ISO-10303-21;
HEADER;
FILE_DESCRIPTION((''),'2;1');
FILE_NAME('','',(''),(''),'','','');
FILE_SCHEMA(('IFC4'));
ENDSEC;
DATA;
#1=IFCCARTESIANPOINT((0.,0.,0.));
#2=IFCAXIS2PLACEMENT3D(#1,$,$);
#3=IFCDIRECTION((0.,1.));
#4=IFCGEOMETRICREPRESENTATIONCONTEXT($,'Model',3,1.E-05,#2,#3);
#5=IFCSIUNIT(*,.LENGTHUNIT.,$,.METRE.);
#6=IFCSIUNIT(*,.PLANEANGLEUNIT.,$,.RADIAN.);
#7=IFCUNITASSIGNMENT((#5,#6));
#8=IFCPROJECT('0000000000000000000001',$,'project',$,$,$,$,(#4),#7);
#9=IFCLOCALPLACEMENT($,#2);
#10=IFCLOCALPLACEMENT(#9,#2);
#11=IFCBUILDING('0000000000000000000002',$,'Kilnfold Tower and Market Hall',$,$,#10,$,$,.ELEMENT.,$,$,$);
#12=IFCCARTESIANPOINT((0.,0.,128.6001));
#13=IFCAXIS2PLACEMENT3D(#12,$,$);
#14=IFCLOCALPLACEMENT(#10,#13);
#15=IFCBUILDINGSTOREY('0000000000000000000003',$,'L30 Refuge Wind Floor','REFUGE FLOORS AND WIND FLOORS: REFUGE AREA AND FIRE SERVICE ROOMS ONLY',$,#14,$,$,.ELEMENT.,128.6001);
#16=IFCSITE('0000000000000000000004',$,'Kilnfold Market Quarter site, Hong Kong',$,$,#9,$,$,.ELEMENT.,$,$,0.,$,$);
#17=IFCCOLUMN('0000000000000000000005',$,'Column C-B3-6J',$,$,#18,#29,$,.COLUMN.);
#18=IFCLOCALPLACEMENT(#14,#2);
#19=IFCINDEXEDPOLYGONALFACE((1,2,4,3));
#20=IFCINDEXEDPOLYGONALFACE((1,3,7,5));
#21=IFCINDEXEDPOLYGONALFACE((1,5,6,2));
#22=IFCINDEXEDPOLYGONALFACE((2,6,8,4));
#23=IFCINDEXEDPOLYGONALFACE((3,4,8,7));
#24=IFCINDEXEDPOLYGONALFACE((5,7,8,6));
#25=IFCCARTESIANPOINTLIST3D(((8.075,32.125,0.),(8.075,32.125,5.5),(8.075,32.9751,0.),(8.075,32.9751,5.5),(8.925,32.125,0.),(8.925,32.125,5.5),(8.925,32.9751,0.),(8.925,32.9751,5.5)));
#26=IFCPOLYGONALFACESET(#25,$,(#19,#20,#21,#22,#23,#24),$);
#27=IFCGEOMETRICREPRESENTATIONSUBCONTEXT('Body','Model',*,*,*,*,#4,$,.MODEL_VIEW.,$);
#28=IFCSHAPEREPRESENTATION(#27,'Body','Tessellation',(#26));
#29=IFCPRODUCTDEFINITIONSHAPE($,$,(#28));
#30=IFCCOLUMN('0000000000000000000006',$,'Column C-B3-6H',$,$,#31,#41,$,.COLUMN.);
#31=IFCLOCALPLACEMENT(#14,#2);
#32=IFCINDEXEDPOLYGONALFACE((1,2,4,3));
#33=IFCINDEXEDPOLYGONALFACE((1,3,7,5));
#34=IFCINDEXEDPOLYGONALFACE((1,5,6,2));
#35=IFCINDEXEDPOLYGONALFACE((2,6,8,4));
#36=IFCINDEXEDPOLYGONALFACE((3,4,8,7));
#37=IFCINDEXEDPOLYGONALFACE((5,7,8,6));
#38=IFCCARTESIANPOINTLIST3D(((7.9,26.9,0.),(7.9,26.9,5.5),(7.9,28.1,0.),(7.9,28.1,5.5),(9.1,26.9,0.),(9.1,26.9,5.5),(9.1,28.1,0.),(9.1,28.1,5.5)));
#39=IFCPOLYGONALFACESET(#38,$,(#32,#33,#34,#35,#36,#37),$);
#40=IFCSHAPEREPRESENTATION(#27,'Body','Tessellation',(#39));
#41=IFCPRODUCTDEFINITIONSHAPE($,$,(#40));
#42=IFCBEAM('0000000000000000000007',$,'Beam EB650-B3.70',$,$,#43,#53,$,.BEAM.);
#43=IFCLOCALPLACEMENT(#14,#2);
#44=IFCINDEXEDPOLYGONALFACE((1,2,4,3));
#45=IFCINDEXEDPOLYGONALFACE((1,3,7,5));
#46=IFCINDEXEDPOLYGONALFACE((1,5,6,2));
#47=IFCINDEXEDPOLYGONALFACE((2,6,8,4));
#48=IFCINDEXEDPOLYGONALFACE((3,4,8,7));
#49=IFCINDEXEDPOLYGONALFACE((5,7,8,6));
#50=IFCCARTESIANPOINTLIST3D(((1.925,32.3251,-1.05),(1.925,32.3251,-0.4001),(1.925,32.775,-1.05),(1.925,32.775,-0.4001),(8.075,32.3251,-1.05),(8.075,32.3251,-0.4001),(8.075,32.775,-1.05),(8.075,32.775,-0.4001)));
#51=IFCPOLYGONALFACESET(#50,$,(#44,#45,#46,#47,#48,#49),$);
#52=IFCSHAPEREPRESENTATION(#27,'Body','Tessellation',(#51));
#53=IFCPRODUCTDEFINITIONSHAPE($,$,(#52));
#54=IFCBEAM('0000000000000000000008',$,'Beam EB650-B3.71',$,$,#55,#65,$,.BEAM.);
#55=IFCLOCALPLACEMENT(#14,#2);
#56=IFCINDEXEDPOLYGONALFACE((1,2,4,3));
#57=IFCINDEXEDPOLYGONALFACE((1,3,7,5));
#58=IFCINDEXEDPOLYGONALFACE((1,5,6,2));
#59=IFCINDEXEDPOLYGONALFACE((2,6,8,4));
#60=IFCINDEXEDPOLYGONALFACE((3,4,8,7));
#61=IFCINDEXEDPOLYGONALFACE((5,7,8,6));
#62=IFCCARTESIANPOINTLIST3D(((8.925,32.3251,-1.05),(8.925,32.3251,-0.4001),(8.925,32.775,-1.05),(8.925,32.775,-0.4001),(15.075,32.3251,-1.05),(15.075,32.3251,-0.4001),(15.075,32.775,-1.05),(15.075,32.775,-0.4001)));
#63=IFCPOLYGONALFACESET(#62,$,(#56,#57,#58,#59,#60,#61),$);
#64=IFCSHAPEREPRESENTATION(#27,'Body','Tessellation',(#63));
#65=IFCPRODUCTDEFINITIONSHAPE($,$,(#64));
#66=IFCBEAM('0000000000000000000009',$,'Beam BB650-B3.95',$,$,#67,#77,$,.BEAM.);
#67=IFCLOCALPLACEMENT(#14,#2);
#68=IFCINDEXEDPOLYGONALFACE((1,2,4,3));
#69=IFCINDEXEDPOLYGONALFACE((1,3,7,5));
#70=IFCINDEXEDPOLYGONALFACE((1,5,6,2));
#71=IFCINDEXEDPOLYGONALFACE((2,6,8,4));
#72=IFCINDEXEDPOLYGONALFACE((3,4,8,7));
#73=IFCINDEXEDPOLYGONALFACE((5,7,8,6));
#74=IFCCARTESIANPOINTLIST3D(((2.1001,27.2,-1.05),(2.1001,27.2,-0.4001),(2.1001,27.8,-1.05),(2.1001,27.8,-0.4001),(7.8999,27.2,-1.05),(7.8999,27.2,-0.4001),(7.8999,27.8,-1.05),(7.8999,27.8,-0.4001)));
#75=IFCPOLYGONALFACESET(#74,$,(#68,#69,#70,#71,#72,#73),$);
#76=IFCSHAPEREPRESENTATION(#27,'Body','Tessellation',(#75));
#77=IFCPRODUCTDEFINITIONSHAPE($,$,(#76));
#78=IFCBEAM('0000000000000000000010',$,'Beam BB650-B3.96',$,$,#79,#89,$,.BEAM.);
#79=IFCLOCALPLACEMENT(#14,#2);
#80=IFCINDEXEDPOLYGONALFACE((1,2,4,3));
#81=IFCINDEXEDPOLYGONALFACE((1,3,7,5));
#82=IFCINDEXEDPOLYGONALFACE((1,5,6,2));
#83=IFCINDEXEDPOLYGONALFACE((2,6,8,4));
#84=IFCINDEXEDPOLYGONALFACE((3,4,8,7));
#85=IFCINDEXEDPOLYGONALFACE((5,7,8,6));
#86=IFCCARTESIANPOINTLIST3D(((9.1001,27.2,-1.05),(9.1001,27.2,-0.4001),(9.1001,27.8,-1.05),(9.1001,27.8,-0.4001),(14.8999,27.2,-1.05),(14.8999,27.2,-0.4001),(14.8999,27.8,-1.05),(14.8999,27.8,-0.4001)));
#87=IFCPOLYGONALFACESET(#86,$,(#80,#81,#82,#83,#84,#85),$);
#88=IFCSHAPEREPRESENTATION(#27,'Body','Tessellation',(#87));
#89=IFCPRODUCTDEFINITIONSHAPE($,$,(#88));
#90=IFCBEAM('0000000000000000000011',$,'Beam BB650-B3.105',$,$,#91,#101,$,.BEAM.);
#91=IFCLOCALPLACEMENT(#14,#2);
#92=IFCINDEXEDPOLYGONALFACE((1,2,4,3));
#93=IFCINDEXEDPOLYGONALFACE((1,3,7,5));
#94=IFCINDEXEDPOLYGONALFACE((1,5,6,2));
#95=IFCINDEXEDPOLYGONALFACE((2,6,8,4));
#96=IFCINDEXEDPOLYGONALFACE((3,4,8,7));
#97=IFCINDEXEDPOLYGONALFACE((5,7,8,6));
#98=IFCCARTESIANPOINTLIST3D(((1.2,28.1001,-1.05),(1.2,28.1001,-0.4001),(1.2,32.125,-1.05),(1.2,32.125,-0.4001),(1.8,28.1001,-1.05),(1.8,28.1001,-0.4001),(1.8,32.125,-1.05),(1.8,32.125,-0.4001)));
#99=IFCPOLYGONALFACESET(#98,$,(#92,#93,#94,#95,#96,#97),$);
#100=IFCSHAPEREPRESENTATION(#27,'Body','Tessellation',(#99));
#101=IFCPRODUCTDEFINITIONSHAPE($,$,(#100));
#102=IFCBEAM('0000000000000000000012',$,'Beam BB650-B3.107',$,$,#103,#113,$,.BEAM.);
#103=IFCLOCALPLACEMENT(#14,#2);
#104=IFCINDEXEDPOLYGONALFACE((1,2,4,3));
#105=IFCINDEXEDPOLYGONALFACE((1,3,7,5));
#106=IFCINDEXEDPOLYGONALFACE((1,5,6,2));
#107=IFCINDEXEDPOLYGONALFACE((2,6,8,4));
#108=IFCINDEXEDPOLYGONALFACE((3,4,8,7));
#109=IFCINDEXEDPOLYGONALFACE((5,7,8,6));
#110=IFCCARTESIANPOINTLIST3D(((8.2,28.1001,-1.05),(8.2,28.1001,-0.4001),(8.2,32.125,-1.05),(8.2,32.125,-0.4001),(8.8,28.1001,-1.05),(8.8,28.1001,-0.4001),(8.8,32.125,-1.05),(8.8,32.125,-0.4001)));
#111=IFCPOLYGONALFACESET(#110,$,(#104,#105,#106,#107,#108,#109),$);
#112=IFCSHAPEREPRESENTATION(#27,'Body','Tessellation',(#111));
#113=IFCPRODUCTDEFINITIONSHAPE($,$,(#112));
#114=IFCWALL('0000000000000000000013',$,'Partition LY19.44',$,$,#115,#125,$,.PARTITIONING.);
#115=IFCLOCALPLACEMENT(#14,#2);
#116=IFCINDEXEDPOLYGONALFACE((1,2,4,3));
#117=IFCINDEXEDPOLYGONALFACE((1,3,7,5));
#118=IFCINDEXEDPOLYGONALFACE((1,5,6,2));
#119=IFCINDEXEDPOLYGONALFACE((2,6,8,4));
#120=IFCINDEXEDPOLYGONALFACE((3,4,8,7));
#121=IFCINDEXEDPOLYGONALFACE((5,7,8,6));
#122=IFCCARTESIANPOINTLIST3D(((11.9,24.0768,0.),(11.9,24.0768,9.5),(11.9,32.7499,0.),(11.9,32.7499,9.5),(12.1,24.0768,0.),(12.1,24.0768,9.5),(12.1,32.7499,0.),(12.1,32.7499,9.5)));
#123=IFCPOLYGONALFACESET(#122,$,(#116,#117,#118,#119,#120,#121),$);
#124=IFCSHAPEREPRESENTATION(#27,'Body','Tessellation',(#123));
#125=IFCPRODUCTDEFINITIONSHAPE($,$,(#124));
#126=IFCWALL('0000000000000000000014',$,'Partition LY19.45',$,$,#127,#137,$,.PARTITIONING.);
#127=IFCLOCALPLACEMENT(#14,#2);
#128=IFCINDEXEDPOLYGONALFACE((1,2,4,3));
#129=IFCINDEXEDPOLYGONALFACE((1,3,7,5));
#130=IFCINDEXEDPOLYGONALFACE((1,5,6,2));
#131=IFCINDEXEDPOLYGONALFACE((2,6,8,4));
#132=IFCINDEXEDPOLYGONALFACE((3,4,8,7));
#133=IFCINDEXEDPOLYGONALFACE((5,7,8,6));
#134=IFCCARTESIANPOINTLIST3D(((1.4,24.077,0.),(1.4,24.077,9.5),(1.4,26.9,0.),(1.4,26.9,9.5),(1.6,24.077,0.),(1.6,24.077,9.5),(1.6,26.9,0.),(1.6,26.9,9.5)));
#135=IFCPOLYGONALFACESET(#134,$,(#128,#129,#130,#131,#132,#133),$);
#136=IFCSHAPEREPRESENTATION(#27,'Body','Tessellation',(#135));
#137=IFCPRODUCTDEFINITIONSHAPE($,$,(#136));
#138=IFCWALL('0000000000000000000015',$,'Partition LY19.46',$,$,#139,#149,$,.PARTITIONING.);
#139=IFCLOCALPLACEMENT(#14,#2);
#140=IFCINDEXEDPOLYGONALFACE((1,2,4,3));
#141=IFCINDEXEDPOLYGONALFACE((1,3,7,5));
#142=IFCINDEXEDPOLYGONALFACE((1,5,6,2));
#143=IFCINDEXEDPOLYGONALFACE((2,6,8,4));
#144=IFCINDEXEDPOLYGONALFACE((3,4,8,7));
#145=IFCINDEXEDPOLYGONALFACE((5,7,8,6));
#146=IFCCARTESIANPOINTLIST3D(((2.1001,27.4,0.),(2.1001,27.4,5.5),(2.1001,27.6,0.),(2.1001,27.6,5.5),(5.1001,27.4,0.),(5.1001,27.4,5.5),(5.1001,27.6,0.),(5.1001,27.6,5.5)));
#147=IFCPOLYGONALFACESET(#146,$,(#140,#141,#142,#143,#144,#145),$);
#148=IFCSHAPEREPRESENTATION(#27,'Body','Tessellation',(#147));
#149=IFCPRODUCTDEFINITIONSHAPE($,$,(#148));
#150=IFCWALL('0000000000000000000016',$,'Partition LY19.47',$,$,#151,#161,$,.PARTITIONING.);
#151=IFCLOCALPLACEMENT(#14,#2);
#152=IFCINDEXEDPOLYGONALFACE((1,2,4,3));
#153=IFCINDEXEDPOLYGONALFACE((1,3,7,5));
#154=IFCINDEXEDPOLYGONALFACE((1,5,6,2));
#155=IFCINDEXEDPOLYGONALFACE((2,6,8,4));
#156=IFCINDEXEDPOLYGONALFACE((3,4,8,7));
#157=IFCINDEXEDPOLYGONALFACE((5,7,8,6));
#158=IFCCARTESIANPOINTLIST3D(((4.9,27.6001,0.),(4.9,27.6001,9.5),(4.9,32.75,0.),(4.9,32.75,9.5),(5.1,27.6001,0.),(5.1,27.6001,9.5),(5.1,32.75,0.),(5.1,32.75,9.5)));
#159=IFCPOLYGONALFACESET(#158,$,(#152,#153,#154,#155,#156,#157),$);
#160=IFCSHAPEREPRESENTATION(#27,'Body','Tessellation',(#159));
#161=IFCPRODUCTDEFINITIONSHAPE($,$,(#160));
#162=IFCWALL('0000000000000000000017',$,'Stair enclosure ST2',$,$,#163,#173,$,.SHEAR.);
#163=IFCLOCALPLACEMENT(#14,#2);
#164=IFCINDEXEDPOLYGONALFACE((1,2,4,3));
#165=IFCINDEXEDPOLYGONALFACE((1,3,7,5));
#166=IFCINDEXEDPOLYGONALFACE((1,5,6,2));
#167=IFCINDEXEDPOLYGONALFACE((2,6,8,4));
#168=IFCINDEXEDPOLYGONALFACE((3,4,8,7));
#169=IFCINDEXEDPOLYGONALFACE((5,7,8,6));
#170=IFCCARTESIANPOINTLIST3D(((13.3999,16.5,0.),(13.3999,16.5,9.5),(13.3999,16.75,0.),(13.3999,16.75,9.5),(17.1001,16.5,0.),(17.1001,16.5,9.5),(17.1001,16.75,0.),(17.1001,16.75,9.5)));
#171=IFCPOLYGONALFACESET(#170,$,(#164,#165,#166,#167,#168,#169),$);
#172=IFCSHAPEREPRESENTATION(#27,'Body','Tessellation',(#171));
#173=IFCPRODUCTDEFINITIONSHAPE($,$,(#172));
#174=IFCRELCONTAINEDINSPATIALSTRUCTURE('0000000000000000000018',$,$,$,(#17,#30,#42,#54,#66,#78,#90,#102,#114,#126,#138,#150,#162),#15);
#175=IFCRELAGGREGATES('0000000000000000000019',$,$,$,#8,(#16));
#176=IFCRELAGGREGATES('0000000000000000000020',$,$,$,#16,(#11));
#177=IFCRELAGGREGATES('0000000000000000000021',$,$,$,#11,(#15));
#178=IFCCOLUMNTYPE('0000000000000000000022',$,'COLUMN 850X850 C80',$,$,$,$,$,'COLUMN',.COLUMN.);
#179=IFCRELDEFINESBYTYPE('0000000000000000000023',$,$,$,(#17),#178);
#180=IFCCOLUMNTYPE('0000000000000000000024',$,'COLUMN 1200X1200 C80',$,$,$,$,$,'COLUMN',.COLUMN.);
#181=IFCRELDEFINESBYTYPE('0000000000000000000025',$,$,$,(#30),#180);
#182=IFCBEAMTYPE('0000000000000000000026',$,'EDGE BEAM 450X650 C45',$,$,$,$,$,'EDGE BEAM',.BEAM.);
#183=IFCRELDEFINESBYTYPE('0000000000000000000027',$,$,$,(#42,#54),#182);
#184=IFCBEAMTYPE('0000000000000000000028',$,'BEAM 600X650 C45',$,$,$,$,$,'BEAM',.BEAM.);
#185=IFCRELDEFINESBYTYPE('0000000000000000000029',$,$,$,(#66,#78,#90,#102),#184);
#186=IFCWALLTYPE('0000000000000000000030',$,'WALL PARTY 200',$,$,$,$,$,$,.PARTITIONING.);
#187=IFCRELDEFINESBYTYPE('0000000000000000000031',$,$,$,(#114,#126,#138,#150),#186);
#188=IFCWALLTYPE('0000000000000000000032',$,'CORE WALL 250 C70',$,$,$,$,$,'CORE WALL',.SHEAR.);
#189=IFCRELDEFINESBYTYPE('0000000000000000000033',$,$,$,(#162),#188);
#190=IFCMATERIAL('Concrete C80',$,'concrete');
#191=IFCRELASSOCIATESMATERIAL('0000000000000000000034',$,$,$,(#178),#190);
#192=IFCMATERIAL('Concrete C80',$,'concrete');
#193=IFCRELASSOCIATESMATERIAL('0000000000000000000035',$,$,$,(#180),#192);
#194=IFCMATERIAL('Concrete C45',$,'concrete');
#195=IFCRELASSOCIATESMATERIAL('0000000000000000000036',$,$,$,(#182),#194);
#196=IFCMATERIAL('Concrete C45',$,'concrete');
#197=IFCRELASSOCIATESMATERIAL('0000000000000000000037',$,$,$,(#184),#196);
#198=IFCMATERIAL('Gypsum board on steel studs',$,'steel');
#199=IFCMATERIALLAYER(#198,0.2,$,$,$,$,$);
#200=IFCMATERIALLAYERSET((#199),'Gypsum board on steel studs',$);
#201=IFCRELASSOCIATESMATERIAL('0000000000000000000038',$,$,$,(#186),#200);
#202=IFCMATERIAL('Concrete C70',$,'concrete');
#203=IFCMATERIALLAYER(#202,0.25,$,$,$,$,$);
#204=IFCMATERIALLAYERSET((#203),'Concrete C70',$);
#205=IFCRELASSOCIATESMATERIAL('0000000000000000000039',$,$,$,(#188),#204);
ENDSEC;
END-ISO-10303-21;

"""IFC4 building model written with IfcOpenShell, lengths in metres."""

from ifc_helpers import new_model, si_unit, direction, frame, frame_2d, origin, origin_2d, place, context, subcontext, project, spatial, rectangle, extrude, source, transform, mapped, material, layer, layer_set, material_profile, profile_set, type_object, element, save


model = new_model("IFC4")

# Units and contexts
model_context = context("Model", 3, precision=1e-05, world=origin(), true_north=direction((0.0, 1.0)))
body_context = subcontext(model_context, "Body", "Model", "MODEL_VIEW")
ifc_project = project(units=[si_unit("LENGTHUNIT", "METRE"), si_unit("PLANEANGLEUNIT", "RADIAN")], contexts=[model_context])

# Site, building, storey
site_placement = place(None, origin())
site = spatial("IfcSite", under=ifc_project, at=site_placement, Name="Kilnfold Market Quarter site, Hong Kong", CompositionType="ELEMENT", RefElevation=0.0)
building_placement = place(site_placement, origin())
building = spatial("IfcBuilding", under=site, at=building_placement, Name="Kilnfold Tower and Market Hall", CompositionType="ELEMENT")
storey_placement = place(building_placement, frame((0.0, 0.0, 128.6001)))
storey = spatial("IfcBuildingStorey", under=building, at=storey_placement, Name="L30 Refuge Wind Floor", Description="REFUGE FLOORS AND WIND FLOORS: REFUGE AREA AND FIRE SERVICE ROOMS ONLY", CompositionType="ELEMENT", Elevation=128.6001)

# Columns
ifc_material_1 = material(Name="Concrete C80", Category="concrete")
ifc_material_profile_1 = material_profile(ifc_material_1, rectangle(XDim=0.8501, YDim=0.8501, at=origin_2d()), Name="RC 850x850")
ifc_profile_set_1 = profile_set([ifc_material_profile_1], Name="Concrete C80")
column_type_1 = type_object("IfcColumnType", Name="COLUMN 850X850 C80", ElementType="COLUMN", PredefinedType="COLUMN", material=ifc_profile_set_1)
shared_shape_1 = source(origin(), body_context, "Body", "SweptSolid", [
    extrude(rectangle(XDim=0.8501, YDim=0.8501, at=origin_2d()), origin(), (0.0, 0.0, 1.0), 5.5),
])
column_1_placement = place(storey_placement, frame((8.5, 32.55, 0.0), z_axis=(0.0, 0.0, 1.0), x_axis=(1.0, 0.0, 0.0)))
element("IfcColumn", 1, at=column_1_placement, inside=storey, type_object=column_type_1, Name="Column C-B3-6J", PredefinedType="COLUMN", context=body_context, shape_type="MappedRepresentation", body=[
    mapped(shared_shape_1, transform((0.0, 0.0, 0.0))),
])
ifc_material_2 = material(Name="Concrete C80", Category="concrete")
ifc_material_profile_2 = material_profile(ifc_material_2, rectangle(XDim=1.2, YDim=1.2, at=origin_2d()), Name="RC 1200x1200")
ifc_profile_set_2 = profile_set([ifc_material_profile_2], Name="Concrete C80")
column_type_2 = type_object("IfcColumnType", Name="COLUMN 1200X1200 C80", ElementType="COLUMN", PredefinedType="COLUMN", material=ifc_profile_set_2)
shared_shape_2 = source(origin(), body_context, "Body", "SweptSolid", [
    extrude(rectangle(XDim=1.2, YDim=1.2, at=origin_2d()), origin(), (0.0, 0.0, 1.0), 5.5),
])
column_2_placement = place(storey_placement, frame((8.5, 27.5, 0.0), z_axis=(0.0, 0.0, 1.0), x_axis=(1.0, 0.0, 0.0)))
element("IfcColumn", 2, at=column_2_placement, inside=storey, type_object=column_type_2, Name="Column C-B3-6H", PredefinedType="COLUMN", context=body_context, shape_type="MappedRepresentation", body=[
    mapped(shared_shape_2, transform((0.0, 0.0, 0.0))),
])

# Beams
ifc_material_3 = material(Name="Concrete C45", Category="concrete")
ifc_material_profile_3 = material_profile(ifc_material_3, rectangle(XDim=0.45, YDim=0.6499, at=origin_2d()), Name="RC 450x650")
ifc_profile_set_3 = profile_set([ifc_material_profile_3], Name="Concrete C45")
beam_type_1 = type_object("IfcBeamType", Name="EDGE BEAM 450X650 C45", ElementType="EDGE BEAM", PredefinedType="BEAM", material=ifc_profile_set_3)
shared_shape_3 = source(origin(), body_context, "Body", "SweptSolid", [
    extrude(rectangle(XDim=0.45, YDim=0.6499, at=origin_2d()), origin(), (0.0, 0.0, 1.0), 6.1499),
])
for number, where, z_axis, x_axis, name in (
    (3, (1.925, 32.55, -0.7251), (1.0, 0.0, 0.0), (0.0, 1.0, 0.0), "Beam EB650-B3.70"),
    (4, (8.925, 32.55, -0.7251), (1.0, 0.0, 0.0), (0.0, 1.0, 0.0), "Beam EB650-B3.71"),
):
    element("IfcBeam", number, at=place(storey_placement, frame(where, z_axis=z_axis, x_axis=x_axis)), inside=storey, type_object=beam_type_1, Name=name, PredefinedType="BEAM", context=body_context, shape_type="MappedRepresentation", body=[
        mapped(shared_shape_3, transform((0.0, 0.0, 0.0))),
    ])
ifc_material_4 = material(Name="Concrete C45", Category="concrete")
ifc_material_profile_4 = material_profile(ifc_material_4, rectangle(XDim=0.6001, YDim=0.6499, at=origin_2d()), Name="RC 600x650")
ifc_profile_set_4 = profile_set([ifc_material_profile_4], Name="Concrete C45")
beam_type_2 = type_object("IfcBeamType", Name="BEAM 600X650 C45", ElementType="BEAM", PredefinedType="BEAM", material=ifc_profile_set_4)
shared_shape_4 = source(origin(), body_context, "Body", "SweptSolid", [
    extrude(rectangle(XDim=0.6001, YDim=0.6499, at=origin_2d()), origin(), (0.0, 0.0, 1.0), 5.7998),
])
for number, where, z_axis, x_axis, name in (
    (5, (2.1001, 27.5, -0.7251), (1.0, 0.0, 0.0), (0.0, 1.0, 0.0), "Beam BB650-B3.95"),
    (6, (9.1001, 27.5, -0.7251), (1.0, 0.0, 0.0), (0.0, 1.0, 0.0), "Beam BB650-B3.96"),
):
    element("IfcBeam", number, at=place(storey_placement, frame(where, z_axis=z_axis, x_axis=x_axis)), inside=storey, type_object=beam_type_2, Name=name, PredefinedType="BEAM", context=body_context, shape_type="MappedRepresentation", body=[
        mapped(shared_shape_4, transform((0.0, 0.0, 0.0))),
    ])
shared_shape_5 = source(origin(), body_context, "Body", "SweptSolid", [
    extrude(rectangle(XDim=0.6001, YDim=0.6499, at=origin_2d()), origin(), (0.0, 0.0, 1.0), 4.0249),
])
for number, where, z_axis, x_axis, name in (
    (7, (1.5, 28.1001, -0.7251), (0.0, 1.0, 0.0), (-1.0, 0.0, 0.0), "Beam BB650-B3.105"),
    (8, (8.5, 28.1001, -0.7251), (0.0, 1.0, 0.0), (-1.0, 0.0, 0.0), "Beam BB650-B3.107"),
):
    element("IfcBeam", number, at=place(storey_placement, frame(where, z_axis=z_axis, x_axis=x_axis)), inside=storey, type_object=beam_type_2, Name=name, PredefinedType="BEAM", context=body_context, shape_type="MappedRepresentation", body=[
        mapped(shared_shape_5, transform((0.0, 0.0, 0.0))),
    ])

# Walls
ifc_material_5 = material(Name="Gypsum board on steel studs", Category="steel")
ifc_layer_1 = layer(ifc_material_5, 0.2)
ifc_layer_set_1 = layer_set([ifc_layer_1], Name="Gypsum board on steel studs")
wall_type_1 = type_object("IfcWallType", Name="WALL PARTY 200", PredefinedType="PARTITIONING", material=ifc_layer_set_1)
wall_1_placement = place(storey_placement, frame((12.0, 24.0769, 0.0), z_axis=(0.0, 0.0, 1.0), x_axis=(0.0, 1.0, 0.0)))
element("IfcWall", 9, at=wall_1_placement, inside=storey, type_object=wall_type_1, Name="Partition LY19.44", PredefinedType="PARTITIONING", context=body_context, shape_type="SweptSolid", body=[
    extrude(rectangle(XDim=8.6731, YDim=0.2, at=frame_2d((4.3364, 0.0))), origin(), (0.0, 0.0, 1.0), 9.5),
])
wall_2_placement = place(storey_placement, frame((1.5, 24.0769, 0.0), z_axis=(0.0, 0.0, 1.0), x_axis=(0.0, 1.0, 0.0)))
element("IfcWall", 10, at=wall_2_placement, inside=storey, type_object=wall_type_1, Name="Partition LY19.45", PredefinedType="PARTITIONING", context=body_context, shape_type="SweptSolid", body=[
    extrude(rectangle(XDim=2.823, YDim=0.2, at=frame_2d((1.4116, 0.0))), origin(), (0.0, 0.0, 1.0), 9.5),
])
wall_3_placement = place(storey_placement, frame((5.1001, 27.5, 0.0), z_axis=(0.0, 0.0, 1.0), x_axis=(-1.0, 0.0, 0.0)))
element("IfcWall", 11, at=wall_3_placement, inside=storey, type_object=wall_type_1, Name="Partition LY19.46", PredefinedType="PARTITIONING", context=body_context, shape_type="SweptSolid", body=[
    extrude(rectangle(XDim=3.0, YDim=0.2, at=frame_2d((1.5, 0.0))), origin(), (0.0, 0.0, 1.0), 5.5),
])
wall_4_placement = place(storey_placement, frame((5.0, 27.6001, 0.0), z_axis=(0.0, 0.0, 1.0), x_axis=(0.0, 1.0, 0.0)))
element("IfcWall", 12, at=wall_4_placement, inside=storey, type_object=wall_type_1, Name="Partition LY19.47", PredefinedType="PARTITIONING", context=body_context, shape_type="SweptSolid", body=[
    extrude(rectangle(XDim=5.1499, YDim=0.2, at=frame_2d((2.575, 0.0))), origin(), (0.0, 0.0, 1.0), 9.5),
])
ifc_material_6 = material(Name="Concrete C70", Category="concrete")
ifc_layer_2 = layer(ifc_material_6, 0.25)
ifc_layer_set_2 = layer_set([ifc_layer_2], Name="Concrete C70")
wall_type_2 = type_object("IfcWallType", Name="CORE WALL 250 C70", ElementType="CORE WALL", PredefinedType="SHEAR", material=ifc_layer_set_2)
shared_shape_6 = source(origin(), body_context, "Body", "SweptSolid", [
    extrude(rectangle(XDim=3.7002, YDim=0.25, at=frame_2d((1.8501, 0.0))), origin(), (0.0, 0.0, 1.0), 9.5),
])
wall_5_placement = place(storey_placement, frame((13.3999, 16.625, 0.0), z_axis=(0.0, 0.0, 1.0), x_axis=(1.0, 0.0, 0.0)))
element("IfcWall", 13, at=wall_5_placement, inside=storey, type_object=wall_type_2, Name="Stair enclosure ST2", PredefinedType="SHEAR", context=body_context, shape_type="MappedRepresentation", body=[
    mapped(shared_shape_6, transform((0.0, 0.0, 0.0))),
])

save(model, "model.ifc")
